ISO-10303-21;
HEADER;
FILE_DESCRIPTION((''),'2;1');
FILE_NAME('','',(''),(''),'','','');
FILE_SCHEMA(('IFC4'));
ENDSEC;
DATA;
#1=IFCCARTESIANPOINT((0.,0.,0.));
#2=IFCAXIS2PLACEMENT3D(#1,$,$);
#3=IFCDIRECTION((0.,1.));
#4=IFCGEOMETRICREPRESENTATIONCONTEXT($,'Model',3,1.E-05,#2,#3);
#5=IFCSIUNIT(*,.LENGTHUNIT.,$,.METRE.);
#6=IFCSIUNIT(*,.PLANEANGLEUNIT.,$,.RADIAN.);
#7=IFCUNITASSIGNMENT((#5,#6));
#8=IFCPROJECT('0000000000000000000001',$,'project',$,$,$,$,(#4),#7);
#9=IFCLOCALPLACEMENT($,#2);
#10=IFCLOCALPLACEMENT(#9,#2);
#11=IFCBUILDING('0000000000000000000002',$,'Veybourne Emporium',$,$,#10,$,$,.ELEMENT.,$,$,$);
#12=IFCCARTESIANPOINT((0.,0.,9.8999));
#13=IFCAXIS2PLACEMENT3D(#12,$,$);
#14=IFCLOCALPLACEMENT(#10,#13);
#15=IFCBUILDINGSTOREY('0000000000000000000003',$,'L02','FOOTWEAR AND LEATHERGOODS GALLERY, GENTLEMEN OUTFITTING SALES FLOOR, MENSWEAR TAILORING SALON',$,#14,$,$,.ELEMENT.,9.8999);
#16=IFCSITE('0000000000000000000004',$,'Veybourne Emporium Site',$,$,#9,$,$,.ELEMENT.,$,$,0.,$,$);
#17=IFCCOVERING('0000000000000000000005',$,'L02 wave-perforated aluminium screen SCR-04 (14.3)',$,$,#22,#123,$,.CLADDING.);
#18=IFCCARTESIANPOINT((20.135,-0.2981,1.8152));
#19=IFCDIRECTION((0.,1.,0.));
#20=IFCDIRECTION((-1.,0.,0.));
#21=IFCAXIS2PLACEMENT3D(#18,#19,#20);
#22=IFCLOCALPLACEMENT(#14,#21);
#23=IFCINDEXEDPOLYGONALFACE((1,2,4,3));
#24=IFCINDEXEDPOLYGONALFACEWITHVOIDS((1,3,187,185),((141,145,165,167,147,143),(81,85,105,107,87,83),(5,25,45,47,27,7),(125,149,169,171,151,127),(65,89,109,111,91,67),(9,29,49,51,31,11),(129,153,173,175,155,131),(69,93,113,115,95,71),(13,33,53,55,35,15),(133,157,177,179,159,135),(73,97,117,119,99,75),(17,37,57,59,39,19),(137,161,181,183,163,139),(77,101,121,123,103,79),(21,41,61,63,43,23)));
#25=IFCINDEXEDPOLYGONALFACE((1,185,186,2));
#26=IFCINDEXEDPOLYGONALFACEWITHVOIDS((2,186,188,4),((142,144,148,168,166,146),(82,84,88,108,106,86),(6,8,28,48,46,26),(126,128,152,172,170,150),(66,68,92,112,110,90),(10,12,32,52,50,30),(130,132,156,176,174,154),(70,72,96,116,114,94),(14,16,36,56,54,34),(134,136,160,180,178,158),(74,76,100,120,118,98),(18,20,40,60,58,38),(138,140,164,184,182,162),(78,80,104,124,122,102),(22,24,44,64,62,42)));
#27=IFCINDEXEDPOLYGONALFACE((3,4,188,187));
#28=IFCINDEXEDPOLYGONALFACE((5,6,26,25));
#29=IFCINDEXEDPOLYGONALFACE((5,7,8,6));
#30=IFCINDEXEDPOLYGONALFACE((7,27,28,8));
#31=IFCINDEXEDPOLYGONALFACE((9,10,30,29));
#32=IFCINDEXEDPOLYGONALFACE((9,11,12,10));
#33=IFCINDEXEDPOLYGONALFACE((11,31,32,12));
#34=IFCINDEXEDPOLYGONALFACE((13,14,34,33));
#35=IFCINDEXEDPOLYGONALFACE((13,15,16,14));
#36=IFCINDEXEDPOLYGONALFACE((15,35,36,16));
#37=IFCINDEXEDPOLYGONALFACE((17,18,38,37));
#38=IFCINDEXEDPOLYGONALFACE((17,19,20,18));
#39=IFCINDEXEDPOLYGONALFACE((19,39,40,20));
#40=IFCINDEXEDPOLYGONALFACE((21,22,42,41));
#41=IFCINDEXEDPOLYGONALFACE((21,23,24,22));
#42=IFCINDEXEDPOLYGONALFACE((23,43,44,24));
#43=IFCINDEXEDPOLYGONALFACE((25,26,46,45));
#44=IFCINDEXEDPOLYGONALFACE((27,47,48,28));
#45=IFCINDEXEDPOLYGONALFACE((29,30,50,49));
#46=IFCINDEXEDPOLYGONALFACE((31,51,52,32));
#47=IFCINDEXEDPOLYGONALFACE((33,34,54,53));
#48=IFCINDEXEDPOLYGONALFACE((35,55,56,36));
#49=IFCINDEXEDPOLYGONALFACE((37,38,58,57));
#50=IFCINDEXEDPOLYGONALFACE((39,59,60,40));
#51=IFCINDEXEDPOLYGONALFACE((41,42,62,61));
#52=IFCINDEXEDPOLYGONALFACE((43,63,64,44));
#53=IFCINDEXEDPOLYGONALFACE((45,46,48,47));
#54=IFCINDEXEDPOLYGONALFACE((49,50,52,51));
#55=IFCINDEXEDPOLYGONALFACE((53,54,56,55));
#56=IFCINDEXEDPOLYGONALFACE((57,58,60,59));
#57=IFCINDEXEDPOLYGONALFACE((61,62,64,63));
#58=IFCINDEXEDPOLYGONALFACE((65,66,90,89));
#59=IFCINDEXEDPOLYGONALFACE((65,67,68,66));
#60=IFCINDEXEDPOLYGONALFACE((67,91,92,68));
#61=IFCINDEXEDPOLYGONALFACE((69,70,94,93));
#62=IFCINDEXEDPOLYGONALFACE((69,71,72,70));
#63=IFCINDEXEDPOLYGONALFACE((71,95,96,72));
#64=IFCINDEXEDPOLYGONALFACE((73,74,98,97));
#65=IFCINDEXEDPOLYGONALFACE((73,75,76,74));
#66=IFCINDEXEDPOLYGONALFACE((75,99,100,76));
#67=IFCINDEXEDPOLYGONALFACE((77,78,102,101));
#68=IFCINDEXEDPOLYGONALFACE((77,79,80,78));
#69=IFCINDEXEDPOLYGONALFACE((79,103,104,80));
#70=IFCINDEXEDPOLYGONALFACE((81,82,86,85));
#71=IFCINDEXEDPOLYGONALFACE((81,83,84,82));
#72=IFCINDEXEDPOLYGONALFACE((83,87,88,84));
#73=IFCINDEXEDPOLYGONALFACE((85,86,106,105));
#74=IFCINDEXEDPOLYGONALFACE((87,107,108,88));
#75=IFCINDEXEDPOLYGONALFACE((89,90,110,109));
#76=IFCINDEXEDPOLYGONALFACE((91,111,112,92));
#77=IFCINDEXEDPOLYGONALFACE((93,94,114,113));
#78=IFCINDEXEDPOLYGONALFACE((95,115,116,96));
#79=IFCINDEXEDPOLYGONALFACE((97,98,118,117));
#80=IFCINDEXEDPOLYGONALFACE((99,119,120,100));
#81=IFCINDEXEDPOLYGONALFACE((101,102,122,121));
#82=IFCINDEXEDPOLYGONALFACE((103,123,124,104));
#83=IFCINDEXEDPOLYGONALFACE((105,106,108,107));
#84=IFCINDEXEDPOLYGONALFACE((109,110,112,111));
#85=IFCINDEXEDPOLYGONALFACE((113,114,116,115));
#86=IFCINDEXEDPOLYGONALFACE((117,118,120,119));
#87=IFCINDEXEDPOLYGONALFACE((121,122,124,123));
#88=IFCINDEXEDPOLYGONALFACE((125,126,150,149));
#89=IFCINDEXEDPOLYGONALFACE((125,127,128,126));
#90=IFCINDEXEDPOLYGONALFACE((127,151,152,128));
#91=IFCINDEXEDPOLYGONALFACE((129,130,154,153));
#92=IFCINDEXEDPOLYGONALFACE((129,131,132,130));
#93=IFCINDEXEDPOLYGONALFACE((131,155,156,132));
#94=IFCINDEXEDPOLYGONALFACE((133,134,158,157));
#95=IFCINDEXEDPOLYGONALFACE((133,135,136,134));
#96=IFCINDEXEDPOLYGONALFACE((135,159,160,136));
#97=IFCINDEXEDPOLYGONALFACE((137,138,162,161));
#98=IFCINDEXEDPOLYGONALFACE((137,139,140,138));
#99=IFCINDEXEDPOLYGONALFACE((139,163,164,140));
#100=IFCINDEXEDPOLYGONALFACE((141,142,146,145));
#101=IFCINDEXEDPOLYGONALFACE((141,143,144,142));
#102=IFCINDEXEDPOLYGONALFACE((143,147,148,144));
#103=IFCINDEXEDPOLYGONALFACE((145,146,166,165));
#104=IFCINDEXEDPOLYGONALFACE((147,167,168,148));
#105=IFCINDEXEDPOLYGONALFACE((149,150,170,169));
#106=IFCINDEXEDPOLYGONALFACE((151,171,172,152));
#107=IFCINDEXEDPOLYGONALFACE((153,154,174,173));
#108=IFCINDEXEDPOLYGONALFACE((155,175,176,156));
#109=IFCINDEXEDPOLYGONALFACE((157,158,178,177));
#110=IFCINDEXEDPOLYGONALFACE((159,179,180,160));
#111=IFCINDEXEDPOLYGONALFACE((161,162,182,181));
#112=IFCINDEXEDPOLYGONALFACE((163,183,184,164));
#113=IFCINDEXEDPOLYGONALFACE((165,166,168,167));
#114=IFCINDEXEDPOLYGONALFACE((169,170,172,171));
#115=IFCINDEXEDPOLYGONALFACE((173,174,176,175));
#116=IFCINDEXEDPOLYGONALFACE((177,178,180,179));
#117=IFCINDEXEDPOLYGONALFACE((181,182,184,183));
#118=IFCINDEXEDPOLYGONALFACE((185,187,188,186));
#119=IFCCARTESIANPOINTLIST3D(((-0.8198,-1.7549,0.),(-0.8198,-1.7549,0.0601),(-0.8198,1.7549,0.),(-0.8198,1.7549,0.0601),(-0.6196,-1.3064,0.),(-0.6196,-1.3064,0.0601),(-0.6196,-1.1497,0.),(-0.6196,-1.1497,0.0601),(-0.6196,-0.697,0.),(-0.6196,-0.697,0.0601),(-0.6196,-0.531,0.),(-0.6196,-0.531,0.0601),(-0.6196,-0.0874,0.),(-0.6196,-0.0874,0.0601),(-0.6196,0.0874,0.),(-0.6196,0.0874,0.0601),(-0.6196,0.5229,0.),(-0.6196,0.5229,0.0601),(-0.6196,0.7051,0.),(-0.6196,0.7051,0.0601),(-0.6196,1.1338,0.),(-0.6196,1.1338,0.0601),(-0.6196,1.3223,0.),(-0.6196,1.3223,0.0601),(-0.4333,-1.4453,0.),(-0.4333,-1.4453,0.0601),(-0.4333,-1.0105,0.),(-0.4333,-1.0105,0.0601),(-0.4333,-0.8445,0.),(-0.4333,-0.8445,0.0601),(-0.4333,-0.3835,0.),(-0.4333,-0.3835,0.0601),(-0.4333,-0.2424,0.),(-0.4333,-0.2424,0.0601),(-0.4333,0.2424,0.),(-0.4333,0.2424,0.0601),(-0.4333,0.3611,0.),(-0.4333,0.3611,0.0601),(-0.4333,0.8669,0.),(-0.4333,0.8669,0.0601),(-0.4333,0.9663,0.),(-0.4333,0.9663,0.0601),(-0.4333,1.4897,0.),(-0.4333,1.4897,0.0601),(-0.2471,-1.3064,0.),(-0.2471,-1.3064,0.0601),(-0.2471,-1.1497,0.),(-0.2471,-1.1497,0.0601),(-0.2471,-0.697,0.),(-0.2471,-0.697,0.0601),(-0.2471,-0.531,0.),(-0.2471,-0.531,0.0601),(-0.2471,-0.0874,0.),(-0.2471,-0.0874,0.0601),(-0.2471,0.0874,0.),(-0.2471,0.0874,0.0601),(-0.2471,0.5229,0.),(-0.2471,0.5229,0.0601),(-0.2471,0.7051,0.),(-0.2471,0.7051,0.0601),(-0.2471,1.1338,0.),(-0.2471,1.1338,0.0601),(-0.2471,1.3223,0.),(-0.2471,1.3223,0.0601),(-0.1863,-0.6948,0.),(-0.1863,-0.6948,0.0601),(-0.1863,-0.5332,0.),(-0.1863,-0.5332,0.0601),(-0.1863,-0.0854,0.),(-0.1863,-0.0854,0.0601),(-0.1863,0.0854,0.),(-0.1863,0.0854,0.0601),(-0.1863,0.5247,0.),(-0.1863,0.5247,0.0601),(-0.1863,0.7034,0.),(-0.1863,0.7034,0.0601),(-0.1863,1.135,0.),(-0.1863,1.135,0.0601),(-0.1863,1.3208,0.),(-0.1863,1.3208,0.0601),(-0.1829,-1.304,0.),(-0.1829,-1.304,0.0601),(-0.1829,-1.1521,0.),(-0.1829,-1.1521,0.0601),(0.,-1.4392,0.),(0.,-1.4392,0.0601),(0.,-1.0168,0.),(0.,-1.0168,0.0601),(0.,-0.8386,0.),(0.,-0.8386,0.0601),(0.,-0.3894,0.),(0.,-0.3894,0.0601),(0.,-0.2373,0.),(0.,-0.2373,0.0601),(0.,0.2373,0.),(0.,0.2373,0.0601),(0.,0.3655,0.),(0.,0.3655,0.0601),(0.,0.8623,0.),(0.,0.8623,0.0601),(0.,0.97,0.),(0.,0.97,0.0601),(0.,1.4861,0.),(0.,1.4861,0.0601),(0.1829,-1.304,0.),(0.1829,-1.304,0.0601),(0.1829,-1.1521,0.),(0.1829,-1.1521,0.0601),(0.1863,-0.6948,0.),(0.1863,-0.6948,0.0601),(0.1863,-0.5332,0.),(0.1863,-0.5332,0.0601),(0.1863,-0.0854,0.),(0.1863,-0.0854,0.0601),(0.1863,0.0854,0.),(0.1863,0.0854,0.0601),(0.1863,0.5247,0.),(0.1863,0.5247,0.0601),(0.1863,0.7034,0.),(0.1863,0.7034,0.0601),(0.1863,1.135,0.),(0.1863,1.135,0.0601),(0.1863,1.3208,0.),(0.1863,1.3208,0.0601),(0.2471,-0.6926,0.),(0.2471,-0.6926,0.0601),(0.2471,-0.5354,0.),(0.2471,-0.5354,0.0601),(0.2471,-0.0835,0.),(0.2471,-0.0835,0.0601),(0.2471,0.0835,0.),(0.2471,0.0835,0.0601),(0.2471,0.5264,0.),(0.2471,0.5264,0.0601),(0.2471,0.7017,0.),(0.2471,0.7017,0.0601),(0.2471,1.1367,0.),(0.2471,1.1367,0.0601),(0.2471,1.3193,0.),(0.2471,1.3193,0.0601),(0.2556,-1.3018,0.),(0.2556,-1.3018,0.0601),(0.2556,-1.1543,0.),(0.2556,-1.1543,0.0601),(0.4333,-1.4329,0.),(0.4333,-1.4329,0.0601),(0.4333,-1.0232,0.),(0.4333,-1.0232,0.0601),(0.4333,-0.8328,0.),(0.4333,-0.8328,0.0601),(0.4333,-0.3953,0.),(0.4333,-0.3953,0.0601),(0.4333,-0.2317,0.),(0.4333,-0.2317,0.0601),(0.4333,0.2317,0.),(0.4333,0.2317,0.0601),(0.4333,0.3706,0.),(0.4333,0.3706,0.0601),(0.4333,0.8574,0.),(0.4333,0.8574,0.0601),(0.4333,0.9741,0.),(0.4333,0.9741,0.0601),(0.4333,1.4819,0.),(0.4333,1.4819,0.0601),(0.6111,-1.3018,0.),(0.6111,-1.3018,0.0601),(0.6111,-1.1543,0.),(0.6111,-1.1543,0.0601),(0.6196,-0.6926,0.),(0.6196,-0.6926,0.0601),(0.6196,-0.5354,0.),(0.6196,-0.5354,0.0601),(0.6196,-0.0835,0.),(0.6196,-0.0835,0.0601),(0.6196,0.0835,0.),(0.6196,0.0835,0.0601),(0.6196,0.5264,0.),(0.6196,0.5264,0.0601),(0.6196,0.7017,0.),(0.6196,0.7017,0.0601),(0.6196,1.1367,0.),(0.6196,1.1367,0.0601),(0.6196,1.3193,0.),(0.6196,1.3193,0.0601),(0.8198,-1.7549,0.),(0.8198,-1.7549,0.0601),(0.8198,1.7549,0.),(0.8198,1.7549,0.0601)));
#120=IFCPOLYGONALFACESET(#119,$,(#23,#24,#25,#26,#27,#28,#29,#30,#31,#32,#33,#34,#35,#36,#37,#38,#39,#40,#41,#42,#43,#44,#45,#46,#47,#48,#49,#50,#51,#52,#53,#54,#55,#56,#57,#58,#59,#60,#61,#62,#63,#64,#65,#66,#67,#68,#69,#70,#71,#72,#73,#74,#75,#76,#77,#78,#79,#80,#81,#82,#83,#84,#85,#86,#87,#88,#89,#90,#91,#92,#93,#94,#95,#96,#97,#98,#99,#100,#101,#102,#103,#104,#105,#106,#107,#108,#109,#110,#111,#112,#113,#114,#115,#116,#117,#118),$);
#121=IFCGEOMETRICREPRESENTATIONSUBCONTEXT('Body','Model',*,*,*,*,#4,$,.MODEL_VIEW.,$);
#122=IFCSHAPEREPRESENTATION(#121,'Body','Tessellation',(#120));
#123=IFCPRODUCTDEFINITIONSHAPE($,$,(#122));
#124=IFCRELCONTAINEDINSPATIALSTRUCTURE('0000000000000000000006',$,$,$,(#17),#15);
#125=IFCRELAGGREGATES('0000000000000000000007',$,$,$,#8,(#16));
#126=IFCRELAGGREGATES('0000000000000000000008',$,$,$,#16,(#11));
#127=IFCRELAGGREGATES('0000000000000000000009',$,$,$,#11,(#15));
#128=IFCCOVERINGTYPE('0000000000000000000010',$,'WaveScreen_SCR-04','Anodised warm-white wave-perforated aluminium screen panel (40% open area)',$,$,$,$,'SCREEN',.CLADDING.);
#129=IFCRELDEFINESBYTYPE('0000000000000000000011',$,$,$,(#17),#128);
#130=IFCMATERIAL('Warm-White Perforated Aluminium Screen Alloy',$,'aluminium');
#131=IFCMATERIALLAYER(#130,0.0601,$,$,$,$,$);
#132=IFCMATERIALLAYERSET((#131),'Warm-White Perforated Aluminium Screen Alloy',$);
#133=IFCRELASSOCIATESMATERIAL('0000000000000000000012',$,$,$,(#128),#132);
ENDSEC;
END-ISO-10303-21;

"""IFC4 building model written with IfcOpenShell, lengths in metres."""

from ifc_helpers import new_model, si_unit, direction, frame, origin, place, context, subcontext, project, spatial, polyline, outline, extrude, material, layer, layer_set, type_object, element, save


model = new_model("IFC4")

# Units and contexts
model_context = context("Model", 3, precision=1e-05, world=origin(), true_north=direction((0.0, 1.0)))
body_context = subcontext(model_context, "Body", "Model", "MODEL_VIEW")
ifc_project = project(units=[si_unit("LENGTHUNIT", "METRE"), si_unit("PLANEANGLEUNIT", "RADIAN")], contexts=[model_context])

# Site, building, storey
site_placement = place(None, origin())
site = spatial("IfcSite", under=ifc_project, at=site_placement, Name="Veybourne Emporium Site", CompositionType="ELEMENT", RefElevation=0.0)
building_placement = place(site_placement, origin())
building = spatial("IfcBuilding", under=site, at=building_placement, Name="Veybourne Emporium", CompositionType="ELEMENT")
storey_placement = place(building_placement, frame((0.0, 0.0, 9.8999)))
storey = spatial("IfcBuildingStorey", under=building, at=storey_placement, Name="L02", Description="FOOTWEAR AND LEATHERGOODS GALLERY, GENTLEMEN OUTFITTING SALES FLOOR, MENSWEAR TAILORING SALON", CompositionType="ELEMENT", Elevation=9.8999)

# Covering
ifc_material_1 = material(Name="Warm-White Perforated Aluminium Screen Alloy", Category="aluminium")
ifc_layer_1 = layer(ifc_material_1, 0.0601)
ifc_layer_set_1 = layer_set([ifc_layer_1], Name="Warm-White Perforated Aluminium Screen Alloy")
covering_type_1 = type_object("IfcCoveringType", Name="WaveScreen_SCR-04", Description="Anodised warm-white wave-perforated aluminium screen panel (40% open area)", ElementType="SCREEN", PredefinedType="CLADDING", material=ifc_layer_set_1)
covering_1_placement = place(storey_placement, frame((20.135, -0.2981, 1.8152), z_axis=(0.0, 1.0, 0.0), x_axis=(-1.0, 0.0, 0.0)))
element("IfcCovering", 1, at=covering_1_placement, inside=storey, type_object=covering_type_1, Name="L02 wave-perforated aluminium screen SCR-04 (14.3)", PredefinedType="CLADDING", context=body_context, shape_type="SweptSolid", body=[
    extrude(outline(polyline([(-0.8198, -1.7549), (0.8198, -1.7549), (0.8198, 1.7549), (-0.8198, 1.7549), (-0.8198, -1.7549)]), holes=[polyline([(-0.4333, -1.0105), (-0.2471, -1.1497), (-0.2471, -1.3064), (-0.4333, -1.4453), (-0.6196, -1.3064), (-0.6196, -1.1497), (-0.4333, -1.0105)]), polyline([(-0.4333, -0.3835), (-0.2471, -0.531), (-0.2471, -0.697), (-0.4333, -0.8445), (-0.6196, -0.697), (-0.6196, -0.531), (-0.4333, -0.3835)]), polyline([(-0.4333, 0.2424), (-0.2471, 0.0874), (-0.2471, -0.0874), (-0.4333, -0.2424), (-0.6196, -0.0874), (-0.6196, 0.0874), (-0.4333, 0.2424)]), polyline([(-0.4333, 0.8669), (-0.2471, 0.7051), (-0.2471, 0.5229), (-0.4333, 0.3611), (-0.6196, 0.5229), (-0.6196, 0.7051), (-0.4333, 0.8669)]), polyline([(-0.4333, 1.4897), (-0.2471, 1.3223), (-0.2471, 1.1338), (-0.4333, 0.9663), (-0.6196, 1.1338), (-0.6196, 1.3223), (-0.4333, 1.4897)]), polyline([(0.0, -1.0168), (0.1829, -1.1521), (0.1829, -1.304), (0.0, -1.4392), (-0.1829, -1.304), (-0.1829, -1.1521), (0.0, -1.0168)]), polyline([(0.0, -0.3894), (0.1863, -0.5332), (0.1863, -0.6948), (0.0, -0.8386), (-0.1863, -0.6948), (-0.1863, -0.5332), (0.0, -0.3894)]), polyline([(0.0, 0.2373), (0.1863, 0.0854), (0.1863, -0.0854), (0.0, -0.2373), (-0.1863, -0.0854), (-0.1863, 0.0854), (0.0, 0.2373)]), polyline([(0.0, 0.8623), (0.1863, 0.7034), (0.1863, 0.5247), (0.0, 0.3655), (-0.1863, 0.5247), (-0.1863, 0.7034), (0.0, 0.8623)]), polyline([(0.0, 1.4861), (0.1863, 1.3208), (0.1863, 1.135), (0.0, 0.97), (-0.1863, 1.135), (-0.1863, 1.3208), (0.0, 1.4861)]), polyline([(0.4333, -1.0232), (0.6111, -1.1543), (0.6111, -1.3018), (0.4333, -1.4329), (0.2556, -1.3018), (0.2556, -1.1543), (0.4333, -1.0232)]), polyline([(0.4333, -0.3953), (0.6196, -0.5354), (0.6196, -0.6926), (0.4333, -0.8328), (0.2471, -0.6926), (0.2471, -0.5354), (0.4333, -0.3953)]), polyline([(0.4333, 0.2317), (0.6196, 0.0835), (0.6196, -0.0835), (0.4333, -0.2317), (0.2471, -0.0835), (0.2471, 0.0835), (0.4333, 0.2317)]), polyline([(0.4333, 0.8574), (0.6196, 0.7017), (0.6196, 0.5264), (0.4333, 0.3706), (0.2471, 0.5264), (0.2471, 0.7017), (0.4333, 0.8574)]), polyline([(0.4333, 1.4819), (0.6196, 1.3193), (0.6196, 1.1367), (0.4333, 0.9741), (0.2471, 1.1367), (0.2471, 1.3193), (0.4333, 1.4819)])]), origin(), (0.0, 0.0, 1.0), 0.0601),
])

save(model, "model.ifc")
